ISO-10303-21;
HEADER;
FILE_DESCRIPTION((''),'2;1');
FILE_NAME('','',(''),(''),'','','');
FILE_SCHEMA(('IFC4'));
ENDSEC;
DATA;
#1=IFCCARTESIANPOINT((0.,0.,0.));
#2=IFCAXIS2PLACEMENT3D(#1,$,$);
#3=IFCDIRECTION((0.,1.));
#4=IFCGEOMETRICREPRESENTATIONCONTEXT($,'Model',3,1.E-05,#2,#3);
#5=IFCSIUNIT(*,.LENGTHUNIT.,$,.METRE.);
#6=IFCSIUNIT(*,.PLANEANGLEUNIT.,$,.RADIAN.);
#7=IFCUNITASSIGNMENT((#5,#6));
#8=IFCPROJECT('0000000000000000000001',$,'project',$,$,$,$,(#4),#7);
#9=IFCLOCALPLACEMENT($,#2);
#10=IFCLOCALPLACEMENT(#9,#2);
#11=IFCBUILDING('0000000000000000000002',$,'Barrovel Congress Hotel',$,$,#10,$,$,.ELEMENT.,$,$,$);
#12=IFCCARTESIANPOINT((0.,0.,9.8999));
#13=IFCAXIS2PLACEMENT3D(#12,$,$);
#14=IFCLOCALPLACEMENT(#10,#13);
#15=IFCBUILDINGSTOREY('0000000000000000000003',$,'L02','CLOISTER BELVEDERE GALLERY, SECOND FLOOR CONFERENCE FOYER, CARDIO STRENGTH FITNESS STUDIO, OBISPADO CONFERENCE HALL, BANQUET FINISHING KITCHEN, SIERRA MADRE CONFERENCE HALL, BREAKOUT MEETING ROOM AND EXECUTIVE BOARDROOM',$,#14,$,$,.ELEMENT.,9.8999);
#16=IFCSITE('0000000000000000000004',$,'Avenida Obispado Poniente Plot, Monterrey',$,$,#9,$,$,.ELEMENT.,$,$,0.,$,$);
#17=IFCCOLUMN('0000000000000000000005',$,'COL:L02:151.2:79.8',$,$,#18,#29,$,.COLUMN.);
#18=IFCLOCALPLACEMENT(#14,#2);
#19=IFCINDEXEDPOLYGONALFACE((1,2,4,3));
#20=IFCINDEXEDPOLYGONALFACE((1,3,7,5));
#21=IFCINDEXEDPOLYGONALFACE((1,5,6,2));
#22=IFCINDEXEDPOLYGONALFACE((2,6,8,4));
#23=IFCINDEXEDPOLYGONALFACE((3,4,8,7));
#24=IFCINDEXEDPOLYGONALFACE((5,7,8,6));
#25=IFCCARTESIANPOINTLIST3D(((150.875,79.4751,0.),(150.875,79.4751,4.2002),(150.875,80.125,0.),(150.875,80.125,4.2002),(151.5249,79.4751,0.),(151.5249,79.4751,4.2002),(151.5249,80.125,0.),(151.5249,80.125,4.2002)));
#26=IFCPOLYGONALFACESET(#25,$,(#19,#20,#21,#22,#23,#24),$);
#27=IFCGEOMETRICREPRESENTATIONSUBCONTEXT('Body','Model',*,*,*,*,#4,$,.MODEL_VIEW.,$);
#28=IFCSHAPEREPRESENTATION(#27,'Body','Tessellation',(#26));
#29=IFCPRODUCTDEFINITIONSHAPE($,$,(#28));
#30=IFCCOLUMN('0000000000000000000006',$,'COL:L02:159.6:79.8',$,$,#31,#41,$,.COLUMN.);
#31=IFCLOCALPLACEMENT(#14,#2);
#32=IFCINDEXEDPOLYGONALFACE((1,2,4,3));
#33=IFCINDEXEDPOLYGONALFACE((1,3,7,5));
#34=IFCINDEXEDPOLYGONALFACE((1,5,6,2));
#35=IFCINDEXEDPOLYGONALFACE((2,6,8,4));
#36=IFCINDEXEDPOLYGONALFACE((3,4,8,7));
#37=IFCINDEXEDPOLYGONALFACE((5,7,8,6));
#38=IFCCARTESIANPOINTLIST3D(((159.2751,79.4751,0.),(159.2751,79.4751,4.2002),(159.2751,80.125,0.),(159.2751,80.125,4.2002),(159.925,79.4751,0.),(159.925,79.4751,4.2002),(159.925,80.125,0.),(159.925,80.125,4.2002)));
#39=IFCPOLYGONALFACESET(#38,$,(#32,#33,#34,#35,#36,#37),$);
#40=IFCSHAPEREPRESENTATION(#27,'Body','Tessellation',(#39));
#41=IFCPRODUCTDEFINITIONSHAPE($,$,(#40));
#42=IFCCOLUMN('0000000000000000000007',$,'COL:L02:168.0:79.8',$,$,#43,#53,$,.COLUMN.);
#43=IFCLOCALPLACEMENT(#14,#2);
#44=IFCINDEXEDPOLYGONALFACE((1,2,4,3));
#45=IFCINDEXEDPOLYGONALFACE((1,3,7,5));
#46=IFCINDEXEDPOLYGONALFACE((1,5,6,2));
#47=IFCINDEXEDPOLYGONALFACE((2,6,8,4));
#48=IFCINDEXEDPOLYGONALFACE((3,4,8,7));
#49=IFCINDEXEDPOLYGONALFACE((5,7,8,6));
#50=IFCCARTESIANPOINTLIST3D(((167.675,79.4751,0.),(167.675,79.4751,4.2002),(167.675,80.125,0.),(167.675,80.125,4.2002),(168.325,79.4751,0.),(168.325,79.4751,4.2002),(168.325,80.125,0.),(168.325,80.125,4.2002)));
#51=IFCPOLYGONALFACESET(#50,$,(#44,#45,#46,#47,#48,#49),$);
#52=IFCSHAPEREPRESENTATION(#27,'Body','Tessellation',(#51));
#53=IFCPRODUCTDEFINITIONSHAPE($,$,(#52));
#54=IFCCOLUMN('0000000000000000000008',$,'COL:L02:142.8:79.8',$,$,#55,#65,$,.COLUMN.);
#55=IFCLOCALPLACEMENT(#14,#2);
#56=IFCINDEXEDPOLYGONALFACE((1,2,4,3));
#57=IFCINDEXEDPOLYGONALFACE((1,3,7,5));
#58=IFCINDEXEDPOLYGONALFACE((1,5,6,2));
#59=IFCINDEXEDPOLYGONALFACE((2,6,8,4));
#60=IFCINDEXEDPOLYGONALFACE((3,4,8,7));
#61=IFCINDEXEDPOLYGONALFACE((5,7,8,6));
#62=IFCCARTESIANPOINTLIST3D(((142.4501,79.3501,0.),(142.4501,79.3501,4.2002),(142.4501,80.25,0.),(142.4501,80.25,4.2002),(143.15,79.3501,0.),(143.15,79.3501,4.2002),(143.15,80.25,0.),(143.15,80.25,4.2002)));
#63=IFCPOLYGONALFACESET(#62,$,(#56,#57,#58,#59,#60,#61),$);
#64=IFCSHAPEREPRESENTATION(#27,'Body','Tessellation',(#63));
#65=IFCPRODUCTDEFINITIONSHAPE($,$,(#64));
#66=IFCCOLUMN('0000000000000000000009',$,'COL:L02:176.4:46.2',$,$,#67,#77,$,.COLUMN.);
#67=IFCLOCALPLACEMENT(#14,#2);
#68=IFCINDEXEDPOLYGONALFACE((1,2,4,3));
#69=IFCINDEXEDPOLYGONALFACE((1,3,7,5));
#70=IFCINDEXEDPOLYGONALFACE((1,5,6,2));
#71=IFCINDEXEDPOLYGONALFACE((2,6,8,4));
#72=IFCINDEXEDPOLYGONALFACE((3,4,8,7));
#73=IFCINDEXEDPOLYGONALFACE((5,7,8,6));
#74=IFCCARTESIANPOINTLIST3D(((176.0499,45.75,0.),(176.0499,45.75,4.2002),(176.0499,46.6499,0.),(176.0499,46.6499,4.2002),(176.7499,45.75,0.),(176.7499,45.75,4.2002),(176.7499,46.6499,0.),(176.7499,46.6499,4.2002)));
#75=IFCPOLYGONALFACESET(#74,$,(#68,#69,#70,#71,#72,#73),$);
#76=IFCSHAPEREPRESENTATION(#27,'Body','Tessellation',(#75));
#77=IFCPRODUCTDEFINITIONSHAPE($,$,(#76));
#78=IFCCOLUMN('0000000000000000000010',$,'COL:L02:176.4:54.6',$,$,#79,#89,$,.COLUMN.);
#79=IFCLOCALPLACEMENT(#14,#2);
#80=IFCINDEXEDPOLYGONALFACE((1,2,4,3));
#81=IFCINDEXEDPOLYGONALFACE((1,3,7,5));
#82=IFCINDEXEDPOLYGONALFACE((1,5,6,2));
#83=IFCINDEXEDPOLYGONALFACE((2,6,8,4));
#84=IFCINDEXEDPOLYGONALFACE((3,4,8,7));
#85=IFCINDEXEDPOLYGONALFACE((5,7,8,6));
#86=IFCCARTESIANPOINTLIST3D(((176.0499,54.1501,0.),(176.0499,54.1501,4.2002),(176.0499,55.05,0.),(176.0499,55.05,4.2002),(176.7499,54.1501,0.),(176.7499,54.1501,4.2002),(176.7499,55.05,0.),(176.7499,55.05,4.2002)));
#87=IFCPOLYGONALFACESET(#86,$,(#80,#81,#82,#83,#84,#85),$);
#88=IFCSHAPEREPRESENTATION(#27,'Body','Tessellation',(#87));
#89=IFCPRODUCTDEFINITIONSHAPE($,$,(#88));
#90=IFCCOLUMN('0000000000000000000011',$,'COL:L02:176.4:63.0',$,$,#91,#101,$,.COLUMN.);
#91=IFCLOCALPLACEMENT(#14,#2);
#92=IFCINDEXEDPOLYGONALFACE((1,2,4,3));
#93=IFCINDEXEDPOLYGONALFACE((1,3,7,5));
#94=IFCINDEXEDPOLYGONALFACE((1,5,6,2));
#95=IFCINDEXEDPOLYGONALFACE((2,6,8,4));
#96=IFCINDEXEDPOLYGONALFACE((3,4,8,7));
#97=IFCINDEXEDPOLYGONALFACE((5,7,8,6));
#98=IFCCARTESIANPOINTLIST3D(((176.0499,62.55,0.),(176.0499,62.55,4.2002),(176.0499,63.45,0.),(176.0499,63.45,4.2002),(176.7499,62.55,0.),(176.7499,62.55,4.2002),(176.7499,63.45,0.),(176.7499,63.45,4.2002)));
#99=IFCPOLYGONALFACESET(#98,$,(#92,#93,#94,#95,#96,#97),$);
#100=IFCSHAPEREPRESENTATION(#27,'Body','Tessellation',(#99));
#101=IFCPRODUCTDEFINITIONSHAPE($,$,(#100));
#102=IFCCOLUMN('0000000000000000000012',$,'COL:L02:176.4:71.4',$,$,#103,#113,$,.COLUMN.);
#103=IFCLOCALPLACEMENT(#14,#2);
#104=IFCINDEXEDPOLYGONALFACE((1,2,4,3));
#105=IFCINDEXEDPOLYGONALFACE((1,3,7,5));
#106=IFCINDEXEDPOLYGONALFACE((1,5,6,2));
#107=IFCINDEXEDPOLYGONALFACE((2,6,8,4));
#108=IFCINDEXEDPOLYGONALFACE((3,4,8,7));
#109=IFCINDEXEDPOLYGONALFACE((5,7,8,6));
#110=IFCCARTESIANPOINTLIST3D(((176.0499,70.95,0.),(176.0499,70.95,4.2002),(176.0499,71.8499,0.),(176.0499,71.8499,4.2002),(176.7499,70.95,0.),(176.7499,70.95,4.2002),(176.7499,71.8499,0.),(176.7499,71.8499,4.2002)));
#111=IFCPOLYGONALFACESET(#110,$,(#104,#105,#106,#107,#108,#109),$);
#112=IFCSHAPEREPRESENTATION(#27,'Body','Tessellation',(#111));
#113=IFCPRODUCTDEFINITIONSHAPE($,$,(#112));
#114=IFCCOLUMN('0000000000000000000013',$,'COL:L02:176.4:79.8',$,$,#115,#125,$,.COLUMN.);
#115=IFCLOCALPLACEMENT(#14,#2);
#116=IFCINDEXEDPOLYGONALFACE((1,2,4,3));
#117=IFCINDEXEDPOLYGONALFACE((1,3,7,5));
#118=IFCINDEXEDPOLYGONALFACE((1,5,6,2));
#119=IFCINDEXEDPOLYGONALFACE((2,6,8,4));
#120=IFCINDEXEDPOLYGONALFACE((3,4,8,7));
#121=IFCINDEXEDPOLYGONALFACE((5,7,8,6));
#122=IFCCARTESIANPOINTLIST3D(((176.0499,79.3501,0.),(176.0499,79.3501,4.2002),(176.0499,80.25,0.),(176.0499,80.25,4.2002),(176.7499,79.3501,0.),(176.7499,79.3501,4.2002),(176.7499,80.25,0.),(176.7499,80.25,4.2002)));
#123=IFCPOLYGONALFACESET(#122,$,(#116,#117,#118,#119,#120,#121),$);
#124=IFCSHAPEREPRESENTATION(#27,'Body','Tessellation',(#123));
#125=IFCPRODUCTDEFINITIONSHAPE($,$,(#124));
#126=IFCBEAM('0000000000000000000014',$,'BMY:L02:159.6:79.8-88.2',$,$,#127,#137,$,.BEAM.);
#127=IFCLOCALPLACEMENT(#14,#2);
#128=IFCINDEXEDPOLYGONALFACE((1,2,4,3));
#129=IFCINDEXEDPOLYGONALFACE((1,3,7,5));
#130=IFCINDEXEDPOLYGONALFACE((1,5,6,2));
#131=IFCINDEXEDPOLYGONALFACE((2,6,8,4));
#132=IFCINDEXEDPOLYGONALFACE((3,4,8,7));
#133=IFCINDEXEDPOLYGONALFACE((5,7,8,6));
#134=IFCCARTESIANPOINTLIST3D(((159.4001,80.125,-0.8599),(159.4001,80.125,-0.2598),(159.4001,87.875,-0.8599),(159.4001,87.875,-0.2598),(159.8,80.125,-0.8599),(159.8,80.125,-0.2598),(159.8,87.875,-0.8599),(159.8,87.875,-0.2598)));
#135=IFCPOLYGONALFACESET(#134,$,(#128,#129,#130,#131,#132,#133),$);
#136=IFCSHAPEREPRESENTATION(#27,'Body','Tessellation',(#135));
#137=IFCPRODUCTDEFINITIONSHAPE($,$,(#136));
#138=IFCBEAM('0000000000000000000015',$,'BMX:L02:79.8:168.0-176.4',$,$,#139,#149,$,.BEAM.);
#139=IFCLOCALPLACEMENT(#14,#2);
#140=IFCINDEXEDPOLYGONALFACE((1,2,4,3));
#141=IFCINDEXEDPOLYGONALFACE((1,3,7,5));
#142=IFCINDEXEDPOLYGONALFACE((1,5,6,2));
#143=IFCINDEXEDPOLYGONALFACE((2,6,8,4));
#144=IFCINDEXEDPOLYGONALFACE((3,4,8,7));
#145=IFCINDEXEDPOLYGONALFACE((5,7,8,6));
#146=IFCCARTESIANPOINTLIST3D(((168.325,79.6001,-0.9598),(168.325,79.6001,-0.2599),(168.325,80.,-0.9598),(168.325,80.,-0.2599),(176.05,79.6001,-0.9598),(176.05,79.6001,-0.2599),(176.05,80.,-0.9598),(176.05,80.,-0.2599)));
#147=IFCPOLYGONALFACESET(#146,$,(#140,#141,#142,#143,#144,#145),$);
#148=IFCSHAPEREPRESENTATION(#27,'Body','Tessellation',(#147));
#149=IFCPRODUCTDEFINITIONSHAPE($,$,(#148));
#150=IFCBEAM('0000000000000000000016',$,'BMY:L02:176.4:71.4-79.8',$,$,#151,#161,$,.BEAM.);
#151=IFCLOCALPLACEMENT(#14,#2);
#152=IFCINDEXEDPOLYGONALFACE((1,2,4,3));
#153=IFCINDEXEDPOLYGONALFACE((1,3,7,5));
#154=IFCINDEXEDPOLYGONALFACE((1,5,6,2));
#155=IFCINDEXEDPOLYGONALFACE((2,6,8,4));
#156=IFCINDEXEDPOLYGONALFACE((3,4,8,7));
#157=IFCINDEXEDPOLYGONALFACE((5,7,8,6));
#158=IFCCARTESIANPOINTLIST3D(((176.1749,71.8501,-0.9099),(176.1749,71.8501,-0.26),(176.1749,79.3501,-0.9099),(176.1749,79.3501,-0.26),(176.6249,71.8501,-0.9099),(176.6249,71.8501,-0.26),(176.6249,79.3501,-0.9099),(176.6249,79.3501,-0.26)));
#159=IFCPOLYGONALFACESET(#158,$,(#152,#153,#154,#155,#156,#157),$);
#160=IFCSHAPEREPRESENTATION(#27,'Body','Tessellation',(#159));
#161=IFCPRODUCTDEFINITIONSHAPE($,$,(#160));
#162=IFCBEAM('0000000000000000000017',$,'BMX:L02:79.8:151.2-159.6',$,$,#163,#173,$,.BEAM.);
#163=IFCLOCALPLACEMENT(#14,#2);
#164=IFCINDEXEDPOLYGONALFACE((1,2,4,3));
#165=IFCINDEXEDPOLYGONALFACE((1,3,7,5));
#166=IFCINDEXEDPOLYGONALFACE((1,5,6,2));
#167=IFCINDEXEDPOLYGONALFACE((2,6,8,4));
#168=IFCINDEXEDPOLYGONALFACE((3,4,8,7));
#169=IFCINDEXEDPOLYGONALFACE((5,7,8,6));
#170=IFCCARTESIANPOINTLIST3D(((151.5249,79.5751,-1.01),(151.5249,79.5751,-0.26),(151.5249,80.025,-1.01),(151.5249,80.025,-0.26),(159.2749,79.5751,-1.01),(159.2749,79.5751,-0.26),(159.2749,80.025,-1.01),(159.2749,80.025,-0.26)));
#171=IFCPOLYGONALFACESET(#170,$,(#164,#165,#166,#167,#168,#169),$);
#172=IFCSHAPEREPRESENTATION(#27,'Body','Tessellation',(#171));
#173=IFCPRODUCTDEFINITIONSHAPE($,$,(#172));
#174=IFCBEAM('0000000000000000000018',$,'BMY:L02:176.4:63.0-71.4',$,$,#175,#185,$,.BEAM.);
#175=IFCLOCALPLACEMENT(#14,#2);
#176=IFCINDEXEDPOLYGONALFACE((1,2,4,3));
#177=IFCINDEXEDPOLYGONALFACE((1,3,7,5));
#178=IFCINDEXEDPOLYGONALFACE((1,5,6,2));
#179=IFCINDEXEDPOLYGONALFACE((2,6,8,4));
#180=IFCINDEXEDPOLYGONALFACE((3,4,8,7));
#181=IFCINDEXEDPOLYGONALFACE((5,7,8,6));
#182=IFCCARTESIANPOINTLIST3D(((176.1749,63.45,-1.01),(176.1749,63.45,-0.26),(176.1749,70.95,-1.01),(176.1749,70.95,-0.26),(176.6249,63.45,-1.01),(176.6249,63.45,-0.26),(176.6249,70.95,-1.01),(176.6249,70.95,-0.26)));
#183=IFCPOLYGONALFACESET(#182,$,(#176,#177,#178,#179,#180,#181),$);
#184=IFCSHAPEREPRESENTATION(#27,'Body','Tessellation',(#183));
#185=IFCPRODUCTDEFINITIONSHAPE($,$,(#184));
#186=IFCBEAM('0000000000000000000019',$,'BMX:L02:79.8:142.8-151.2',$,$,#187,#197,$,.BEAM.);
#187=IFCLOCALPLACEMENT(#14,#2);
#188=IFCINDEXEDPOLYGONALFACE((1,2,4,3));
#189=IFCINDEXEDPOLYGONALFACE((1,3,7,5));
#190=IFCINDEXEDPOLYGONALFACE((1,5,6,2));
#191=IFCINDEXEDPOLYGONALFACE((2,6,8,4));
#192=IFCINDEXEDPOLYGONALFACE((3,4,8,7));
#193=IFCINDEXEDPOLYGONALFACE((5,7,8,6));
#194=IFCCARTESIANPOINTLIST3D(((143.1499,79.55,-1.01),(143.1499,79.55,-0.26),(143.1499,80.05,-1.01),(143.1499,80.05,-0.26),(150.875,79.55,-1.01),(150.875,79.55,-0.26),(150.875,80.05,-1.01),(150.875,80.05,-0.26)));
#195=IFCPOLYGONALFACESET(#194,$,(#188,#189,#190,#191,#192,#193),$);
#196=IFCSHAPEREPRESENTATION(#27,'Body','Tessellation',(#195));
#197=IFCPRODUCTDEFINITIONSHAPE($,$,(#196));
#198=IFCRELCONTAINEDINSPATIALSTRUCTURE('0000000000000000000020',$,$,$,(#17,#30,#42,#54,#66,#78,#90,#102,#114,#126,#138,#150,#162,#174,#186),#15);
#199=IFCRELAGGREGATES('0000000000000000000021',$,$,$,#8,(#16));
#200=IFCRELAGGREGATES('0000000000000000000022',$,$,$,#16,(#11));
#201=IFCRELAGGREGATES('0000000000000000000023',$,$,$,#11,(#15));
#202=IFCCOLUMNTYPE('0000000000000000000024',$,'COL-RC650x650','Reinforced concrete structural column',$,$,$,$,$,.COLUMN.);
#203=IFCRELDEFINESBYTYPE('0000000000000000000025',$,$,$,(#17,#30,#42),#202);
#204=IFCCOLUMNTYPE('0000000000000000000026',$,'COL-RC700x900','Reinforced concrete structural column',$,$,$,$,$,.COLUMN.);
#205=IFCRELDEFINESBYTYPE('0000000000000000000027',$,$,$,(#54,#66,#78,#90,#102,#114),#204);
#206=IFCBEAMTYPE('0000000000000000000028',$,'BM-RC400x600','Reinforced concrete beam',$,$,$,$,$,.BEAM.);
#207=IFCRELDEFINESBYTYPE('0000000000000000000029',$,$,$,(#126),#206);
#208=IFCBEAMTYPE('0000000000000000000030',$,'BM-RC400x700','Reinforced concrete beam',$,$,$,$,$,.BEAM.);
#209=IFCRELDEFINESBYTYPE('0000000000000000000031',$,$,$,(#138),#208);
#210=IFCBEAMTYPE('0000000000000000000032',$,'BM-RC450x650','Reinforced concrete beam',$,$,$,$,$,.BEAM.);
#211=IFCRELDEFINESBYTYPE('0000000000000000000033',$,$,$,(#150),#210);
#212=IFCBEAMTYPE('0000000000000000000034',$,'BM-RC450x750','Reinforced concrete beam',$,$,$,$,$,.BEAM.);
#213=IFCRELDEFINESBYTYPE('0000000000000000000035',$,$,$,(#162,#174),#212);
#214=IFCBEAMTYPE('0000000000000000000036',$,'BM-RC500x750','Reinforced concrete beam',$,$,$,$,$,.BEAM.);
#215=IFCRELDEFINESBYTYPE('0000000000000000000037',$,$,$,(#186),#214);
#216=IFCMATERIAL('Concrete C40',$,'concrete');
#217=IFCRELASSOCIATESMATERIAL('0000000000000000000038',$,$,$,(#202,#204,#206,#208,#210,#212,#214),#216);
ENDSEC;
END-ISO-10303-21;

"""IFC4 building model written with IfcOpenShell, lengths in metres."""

from ifc_helpers import new_model, si_unit, direction, frame, origin, origin_2d, place, context, subcontext, project, spatial, rectangle, extrude, material, material_profile, profile_set, type_object, element, save


model = new_model("IFC4")

# Units and contexts
model_context = context("Model", 3, precision=1e-05, world=origin(), true_north=direction((0.0, 1.0)))
body_context = subcontext(model_context, "Body", "Model", "MODEL_VIEW")
ifc_project = project(units=[si_unit("LENGTHUNIT", "METRE"), si_unit("PLANEANGLEUNIT", "RADIAN")], contexts=[model_context])

# Site, building, storey
site_placement = place(None, origin())
site = spatial("IfcSite", under=ifc_project, at=site_placement, Name="Avenida Obispado Poniente Plot, Monterrey", CompositionType="ELEMENT", RefElevation=0.0)
building_placement = place(site_placement, origin())
building = spatial("IfcBuilding", under=site, at=building_placement, Name="Barrovel Congress Hotel", CompositionType="ELEMENT")
storey_placement = place(building_placement, frame((0.0, 0.0, 9.8999)))
storey = spatial("IfcBuildingStorey", under=building, at=storey_placement, Name="L02", Description="CLOISTER BELVEDERE GALLERY, SECOND FLOOR CONFERENCE FOYER, CARDIO STRENGTH FITNESS STUDIO, OBISPADO CONFERENCE HALL, BANQUET FINISHING KITCHEN, SIERRA MADRE CONFERENCE HALL, BREAKOUT MEETING ROOM AND EXECUTIVE BOARDROOM", CompositionType="ELEMENT", Elevation=9.8999)

# Columns
ifc_material_1 = material(Name="Concrete C40", Category="concrete")
ifc_material_profile_1 = material_profile(ifc_material_1, rectangle(XDim=0.6499, YDim=0.6499, at=origin_2d()), Name="RC650x650")
ifc_profile_set_1 = profile_set([ifc_material_profile_1], Name="Concrete C40")
column_type_1 = type_object("IfcColumnType", Name="COL-RC650x650", Description="Reinforced concrete structural column", PredefinedType="COLUMN", material=ifc_profile_set_1)
for number, where, z_axis, x_axis, name in (
    (1, (151.2, 79.8, 0.0), (0.0, 0.0, 1.0), (1.0, 0.0, 0.0), "COL:L02:151.2:79.8"),
    (2, (159.6001, 79.8, 0.0), (0.0, 0.0, 1.0), (1.0, 0.0, 0.0), "COL:L02:159.6:79.8"),
    (3, (168.0, 79.8, 0.0), (0.0, 0.0, 1.0), (1.0, 0.0, 0.0), "COL:L02:168.0:79.8"),
):
    element("IfcColumn", number, at=place(storey_placement, frame(where, z_axis=z_axis, x_axis=x_axis)), inside=storey, type_object=column_type_1, Name=name, PredefinedType="COLUMN", context=body_context, shape_type="SweptSolid", body=[
        extrude(rectangle(XDim=0.6499, YDim=0.6499, at=origin_2d()), origin(), (0.0, 0.0, 1.0), 4.2002),
    ])
ifc_material_profile_2 = material_profile(ifc_material_1, rectangle(XDim=0.7, YDim=0.8999, at=origin_2d()), Name="RC700x900")
ifc_profile_set_2 = profile_set([ifc_material_profile_2], Name="Concrete C40")
column_type_2 = type_object("IfcColumnType", Name="COL-RC700x900", Description="Reinforced concrete structural column", PredefinedType="COLUMN", material=ifc_profile_set_2)
for number, where, z_axis, x_axis, name in (
    (4, (142.8, 79.8, 0.0), (0.0, 0.0, 1.0), (1.0, 0.0, 0.0), "COL:L02:142.8:79.8"),
    (5, (176.3999, 46.2, 0.0), (0.0, 0.0, 1.0), (1.0, 0.0, 0.0), "COL:L02:176.4:46.2"),
    (6, (176.3999, 54.6001, 0.0), (0.0, 0.0, 1.0), (1.0, 0.0, 0.0), "COL:L02:176.4:54.6"),
    (7, (176.3999, 63.0, 0.0), (0.0, 0.0, 1.0), (1.0, 0.0, 0.0), "COL:L02:176.4:63.0"),
    (8, (176.3999, 71.3999, 0.0), (0.0, 0.0, 1.0), (1.0, 0.0, 0.0), "COL:L02:176.4:71.4"),
    (9, (176.3999, 79.8, 0.0), (0.0, 0.0, 1.0), (1.0, 0.0, 0.0), "COL:L02:176.4:79.8"),
):
    element("IfcColumn", number, at=place(storey_placement, frame(where, z_axis=z_axis, x_axis=x_axis)), inside=storey, type_object=column_type_2, Name=name, PredefinedType="COLUMN", context=body_context, shape_type="SweptSolid", body=[
        extrude(rectangle(XDim=0.7, YDim=0.8999, at=origin_2d()), origin(), (0.0, 0.0, 1.0), 4.2002),
    ])

# Beams
ifc_material_profile_3 = material_profile(ifc_material_1, rectangle(XDim=0.3999, YDim=0.6001, at=origin_2d()), Name="RC400x600")
ifc_profile_set_3 = profile_set([ifc_material_profile_3], Name="Concrete C40")
beam_type_1 = type_object("IfcBeamType", Name="BM-RC400x600", Description="Reinforced concrete beam", PredefinedType="BEAM", material=ifc_profile_set_3)
beam_1_placement = place(storey_placement, frame((159.6001, 80.125, -0.5598), z_axis=(0.0, 1.0, 0.0), x_axis=(-1.0, 0.0, 0.0)))
element("IfcBeam", 10, at=beam_1_placement, inside=storey, type_object=beam_type_1, Name="BMY:L02:159.6:79.8-88.2", PredefinedType="BEAM", context=body_context, shape_type="SweptSolid", body=[
    extrude(rectangle(XDim=0.3999, YDim=0.6001, at=origin_2d()), origin(), (0.0, 0.0, 1.0), 7.75),
])
ifc_material_profile_4 = material_profile(ifc_material_1, rectangle(XDim=0.3999, YDim=0.7, at=origin_2d()), Name="RC400x700")
ifc_profile_set_4 = profile_set([ifc_material_profile_4], Name="Concrete C40")
beam_type_2 = type_object("IfcBeamType", Name="BM-RC400x700", Description="Reinforced concrete beam", PredefinedType="BEAM", material=ifc_profile_set_4)
beam_2_placement = place(storey_placement, frame((168.325, 79.8, -0.6099), z_axis=(1.0, 0.0, 0.0), x_axis=(0.0, 1.0, 0.0)))
element("IfcBeam", 11, at=beam_2_placement, inside=storey, type_object=beam_type_2, Name="BMX:L02:79.8:168.0-176.4", PredefinedType="BEAM", context=body_context, shape_type="SweptSolid", body=[
    extrude(rectangle(XDim=0.3999, YDim=0.7, at=origin_2d()), origin(), (0.0, 0.0, 1.0), 7.7251),
])
ifc_material_profile_5 = material_profile(ifc_material_1, rectangle(XDim=0.45, YDim=0.6499, at=origin_2d()), Name="RC450x650")
ifc_profile_set_5 = profile_set([ifc_material_profile_5], Name="Concrete C40")
beam_type_3 = type_object("IfcBeamType", Name="BM-RC450x650", Description="Reinforced concrete beam", PredefinedType="BEAM", material=ifc_profile_set_5)
beam_3_placement = place(storey_placement, frame((176.3999, 71.8501, -0.585), z_axis=(0.0, 1.0, 0.0), x_axis=(-1.0, 0.0, 0.0)))
element("IfcBeam", 12, at=beam_3_placement, inside=storey, type_object=beam_type_3, Name="BMY:L02:176.4:71.4-79.8", PredefinedType="BEAM", context=body_context, shape_type="SweptSolid", body=[
    extrude(rectangle(XDim=0.45, YDim=0.6499, at=origin_2d()), origin(), (0.0, 0.0, 1.0), 7.5),
])
ifc_material_profile_6 = material_profile(ifc_material_1, rectangle(XDim=0.45, YDim=0.75, at=origin_2d()), Name="RC450x750")
ifc_profile_set_6 = profile_set([ifc_material_profile_6], Name="Concrete C40")
beam_type_4 = type_object("IfcBeamType", Name="BM-RC450x750", Description="Reinforced concrete beam", PredefinedType="BEAM", material=ifc_profile_set_6)
beam_4_placement = place(storey_placement, frame((151.5249, 79.8, -0.635), z_axis=(1.0, 0.0, 0.0), x_axis=(0.0, 1.0, 0.0)))
element("IfcBeam", 13, at=beam_4_placement, inside=storey, type_object=beam_type_4, Name="BMX:L02:79.8:151.2-159.6", PredefinedType="BEAM", context=body_context, shape_type="SweptSolid", body=[
    extrude(rectangle(XDim=0.45, YDim=0.75, at=origin_2d()), origin(), (0.0, 0.0, 1.0), 7.75),
])
beam_5_placement = place(storey_placement, frame((176.3999, 63.45, -0.635), z_axis=(0.0, 1.0, 0.0), x_axis=(-1.0, 0.0, 0.0)))
element("IfcBeam", 14, at=beam_5_placement, inside=storey, type_object=beam_type_4, Name="BMY:L02:176.4:63.0-71.4", PredefinedType="BEAM", context=body_context, shape_type="SweptSolid", body=[
    extrude(rectangle(XDim=0.45, YDim=0.75, at=origin_2d()), origin(), (0.0, 0.0, 1.0), 7.5),
])
ifc_material_profile_7 = material_profile(ifc_material_1, rectangle(XDim=0.5, YDim=0.75, at=origin_2d()), Name="RC500x750")
ifc_profile_set_7 = profile_set([ifc_material_profile_7], Name="Concrete C40")
beam_type_5 = type_object("IfcBeamType", Name="BM-RC500x750", Description="Reinforced concrete beam", PredefinedType="BEAM", material=ifc_profile_set_7)
beam_6_placement = place(storey_placement, frame((143.1499, 79.8, -0.635), z_axis=(1.0, 0.0, 0.0), x_axis=(0.0, 1.0, 0.0)))
element("IfcBeam", 15, at=beam_6_placement, inside=storey, type_object=beam_type_5, Name="BMX:L02:79.8:142.8-151.2", PredefinedType="BEAM", context=body_context, shape_type="SweptSolid", body=[
    extrude(rectangle(XDim=0.5, YDim=0.75, at=origin_2d()), origin(), (0.0, 0.0, 1.0), 7.7251),
])

save(model, "model.ifc")
